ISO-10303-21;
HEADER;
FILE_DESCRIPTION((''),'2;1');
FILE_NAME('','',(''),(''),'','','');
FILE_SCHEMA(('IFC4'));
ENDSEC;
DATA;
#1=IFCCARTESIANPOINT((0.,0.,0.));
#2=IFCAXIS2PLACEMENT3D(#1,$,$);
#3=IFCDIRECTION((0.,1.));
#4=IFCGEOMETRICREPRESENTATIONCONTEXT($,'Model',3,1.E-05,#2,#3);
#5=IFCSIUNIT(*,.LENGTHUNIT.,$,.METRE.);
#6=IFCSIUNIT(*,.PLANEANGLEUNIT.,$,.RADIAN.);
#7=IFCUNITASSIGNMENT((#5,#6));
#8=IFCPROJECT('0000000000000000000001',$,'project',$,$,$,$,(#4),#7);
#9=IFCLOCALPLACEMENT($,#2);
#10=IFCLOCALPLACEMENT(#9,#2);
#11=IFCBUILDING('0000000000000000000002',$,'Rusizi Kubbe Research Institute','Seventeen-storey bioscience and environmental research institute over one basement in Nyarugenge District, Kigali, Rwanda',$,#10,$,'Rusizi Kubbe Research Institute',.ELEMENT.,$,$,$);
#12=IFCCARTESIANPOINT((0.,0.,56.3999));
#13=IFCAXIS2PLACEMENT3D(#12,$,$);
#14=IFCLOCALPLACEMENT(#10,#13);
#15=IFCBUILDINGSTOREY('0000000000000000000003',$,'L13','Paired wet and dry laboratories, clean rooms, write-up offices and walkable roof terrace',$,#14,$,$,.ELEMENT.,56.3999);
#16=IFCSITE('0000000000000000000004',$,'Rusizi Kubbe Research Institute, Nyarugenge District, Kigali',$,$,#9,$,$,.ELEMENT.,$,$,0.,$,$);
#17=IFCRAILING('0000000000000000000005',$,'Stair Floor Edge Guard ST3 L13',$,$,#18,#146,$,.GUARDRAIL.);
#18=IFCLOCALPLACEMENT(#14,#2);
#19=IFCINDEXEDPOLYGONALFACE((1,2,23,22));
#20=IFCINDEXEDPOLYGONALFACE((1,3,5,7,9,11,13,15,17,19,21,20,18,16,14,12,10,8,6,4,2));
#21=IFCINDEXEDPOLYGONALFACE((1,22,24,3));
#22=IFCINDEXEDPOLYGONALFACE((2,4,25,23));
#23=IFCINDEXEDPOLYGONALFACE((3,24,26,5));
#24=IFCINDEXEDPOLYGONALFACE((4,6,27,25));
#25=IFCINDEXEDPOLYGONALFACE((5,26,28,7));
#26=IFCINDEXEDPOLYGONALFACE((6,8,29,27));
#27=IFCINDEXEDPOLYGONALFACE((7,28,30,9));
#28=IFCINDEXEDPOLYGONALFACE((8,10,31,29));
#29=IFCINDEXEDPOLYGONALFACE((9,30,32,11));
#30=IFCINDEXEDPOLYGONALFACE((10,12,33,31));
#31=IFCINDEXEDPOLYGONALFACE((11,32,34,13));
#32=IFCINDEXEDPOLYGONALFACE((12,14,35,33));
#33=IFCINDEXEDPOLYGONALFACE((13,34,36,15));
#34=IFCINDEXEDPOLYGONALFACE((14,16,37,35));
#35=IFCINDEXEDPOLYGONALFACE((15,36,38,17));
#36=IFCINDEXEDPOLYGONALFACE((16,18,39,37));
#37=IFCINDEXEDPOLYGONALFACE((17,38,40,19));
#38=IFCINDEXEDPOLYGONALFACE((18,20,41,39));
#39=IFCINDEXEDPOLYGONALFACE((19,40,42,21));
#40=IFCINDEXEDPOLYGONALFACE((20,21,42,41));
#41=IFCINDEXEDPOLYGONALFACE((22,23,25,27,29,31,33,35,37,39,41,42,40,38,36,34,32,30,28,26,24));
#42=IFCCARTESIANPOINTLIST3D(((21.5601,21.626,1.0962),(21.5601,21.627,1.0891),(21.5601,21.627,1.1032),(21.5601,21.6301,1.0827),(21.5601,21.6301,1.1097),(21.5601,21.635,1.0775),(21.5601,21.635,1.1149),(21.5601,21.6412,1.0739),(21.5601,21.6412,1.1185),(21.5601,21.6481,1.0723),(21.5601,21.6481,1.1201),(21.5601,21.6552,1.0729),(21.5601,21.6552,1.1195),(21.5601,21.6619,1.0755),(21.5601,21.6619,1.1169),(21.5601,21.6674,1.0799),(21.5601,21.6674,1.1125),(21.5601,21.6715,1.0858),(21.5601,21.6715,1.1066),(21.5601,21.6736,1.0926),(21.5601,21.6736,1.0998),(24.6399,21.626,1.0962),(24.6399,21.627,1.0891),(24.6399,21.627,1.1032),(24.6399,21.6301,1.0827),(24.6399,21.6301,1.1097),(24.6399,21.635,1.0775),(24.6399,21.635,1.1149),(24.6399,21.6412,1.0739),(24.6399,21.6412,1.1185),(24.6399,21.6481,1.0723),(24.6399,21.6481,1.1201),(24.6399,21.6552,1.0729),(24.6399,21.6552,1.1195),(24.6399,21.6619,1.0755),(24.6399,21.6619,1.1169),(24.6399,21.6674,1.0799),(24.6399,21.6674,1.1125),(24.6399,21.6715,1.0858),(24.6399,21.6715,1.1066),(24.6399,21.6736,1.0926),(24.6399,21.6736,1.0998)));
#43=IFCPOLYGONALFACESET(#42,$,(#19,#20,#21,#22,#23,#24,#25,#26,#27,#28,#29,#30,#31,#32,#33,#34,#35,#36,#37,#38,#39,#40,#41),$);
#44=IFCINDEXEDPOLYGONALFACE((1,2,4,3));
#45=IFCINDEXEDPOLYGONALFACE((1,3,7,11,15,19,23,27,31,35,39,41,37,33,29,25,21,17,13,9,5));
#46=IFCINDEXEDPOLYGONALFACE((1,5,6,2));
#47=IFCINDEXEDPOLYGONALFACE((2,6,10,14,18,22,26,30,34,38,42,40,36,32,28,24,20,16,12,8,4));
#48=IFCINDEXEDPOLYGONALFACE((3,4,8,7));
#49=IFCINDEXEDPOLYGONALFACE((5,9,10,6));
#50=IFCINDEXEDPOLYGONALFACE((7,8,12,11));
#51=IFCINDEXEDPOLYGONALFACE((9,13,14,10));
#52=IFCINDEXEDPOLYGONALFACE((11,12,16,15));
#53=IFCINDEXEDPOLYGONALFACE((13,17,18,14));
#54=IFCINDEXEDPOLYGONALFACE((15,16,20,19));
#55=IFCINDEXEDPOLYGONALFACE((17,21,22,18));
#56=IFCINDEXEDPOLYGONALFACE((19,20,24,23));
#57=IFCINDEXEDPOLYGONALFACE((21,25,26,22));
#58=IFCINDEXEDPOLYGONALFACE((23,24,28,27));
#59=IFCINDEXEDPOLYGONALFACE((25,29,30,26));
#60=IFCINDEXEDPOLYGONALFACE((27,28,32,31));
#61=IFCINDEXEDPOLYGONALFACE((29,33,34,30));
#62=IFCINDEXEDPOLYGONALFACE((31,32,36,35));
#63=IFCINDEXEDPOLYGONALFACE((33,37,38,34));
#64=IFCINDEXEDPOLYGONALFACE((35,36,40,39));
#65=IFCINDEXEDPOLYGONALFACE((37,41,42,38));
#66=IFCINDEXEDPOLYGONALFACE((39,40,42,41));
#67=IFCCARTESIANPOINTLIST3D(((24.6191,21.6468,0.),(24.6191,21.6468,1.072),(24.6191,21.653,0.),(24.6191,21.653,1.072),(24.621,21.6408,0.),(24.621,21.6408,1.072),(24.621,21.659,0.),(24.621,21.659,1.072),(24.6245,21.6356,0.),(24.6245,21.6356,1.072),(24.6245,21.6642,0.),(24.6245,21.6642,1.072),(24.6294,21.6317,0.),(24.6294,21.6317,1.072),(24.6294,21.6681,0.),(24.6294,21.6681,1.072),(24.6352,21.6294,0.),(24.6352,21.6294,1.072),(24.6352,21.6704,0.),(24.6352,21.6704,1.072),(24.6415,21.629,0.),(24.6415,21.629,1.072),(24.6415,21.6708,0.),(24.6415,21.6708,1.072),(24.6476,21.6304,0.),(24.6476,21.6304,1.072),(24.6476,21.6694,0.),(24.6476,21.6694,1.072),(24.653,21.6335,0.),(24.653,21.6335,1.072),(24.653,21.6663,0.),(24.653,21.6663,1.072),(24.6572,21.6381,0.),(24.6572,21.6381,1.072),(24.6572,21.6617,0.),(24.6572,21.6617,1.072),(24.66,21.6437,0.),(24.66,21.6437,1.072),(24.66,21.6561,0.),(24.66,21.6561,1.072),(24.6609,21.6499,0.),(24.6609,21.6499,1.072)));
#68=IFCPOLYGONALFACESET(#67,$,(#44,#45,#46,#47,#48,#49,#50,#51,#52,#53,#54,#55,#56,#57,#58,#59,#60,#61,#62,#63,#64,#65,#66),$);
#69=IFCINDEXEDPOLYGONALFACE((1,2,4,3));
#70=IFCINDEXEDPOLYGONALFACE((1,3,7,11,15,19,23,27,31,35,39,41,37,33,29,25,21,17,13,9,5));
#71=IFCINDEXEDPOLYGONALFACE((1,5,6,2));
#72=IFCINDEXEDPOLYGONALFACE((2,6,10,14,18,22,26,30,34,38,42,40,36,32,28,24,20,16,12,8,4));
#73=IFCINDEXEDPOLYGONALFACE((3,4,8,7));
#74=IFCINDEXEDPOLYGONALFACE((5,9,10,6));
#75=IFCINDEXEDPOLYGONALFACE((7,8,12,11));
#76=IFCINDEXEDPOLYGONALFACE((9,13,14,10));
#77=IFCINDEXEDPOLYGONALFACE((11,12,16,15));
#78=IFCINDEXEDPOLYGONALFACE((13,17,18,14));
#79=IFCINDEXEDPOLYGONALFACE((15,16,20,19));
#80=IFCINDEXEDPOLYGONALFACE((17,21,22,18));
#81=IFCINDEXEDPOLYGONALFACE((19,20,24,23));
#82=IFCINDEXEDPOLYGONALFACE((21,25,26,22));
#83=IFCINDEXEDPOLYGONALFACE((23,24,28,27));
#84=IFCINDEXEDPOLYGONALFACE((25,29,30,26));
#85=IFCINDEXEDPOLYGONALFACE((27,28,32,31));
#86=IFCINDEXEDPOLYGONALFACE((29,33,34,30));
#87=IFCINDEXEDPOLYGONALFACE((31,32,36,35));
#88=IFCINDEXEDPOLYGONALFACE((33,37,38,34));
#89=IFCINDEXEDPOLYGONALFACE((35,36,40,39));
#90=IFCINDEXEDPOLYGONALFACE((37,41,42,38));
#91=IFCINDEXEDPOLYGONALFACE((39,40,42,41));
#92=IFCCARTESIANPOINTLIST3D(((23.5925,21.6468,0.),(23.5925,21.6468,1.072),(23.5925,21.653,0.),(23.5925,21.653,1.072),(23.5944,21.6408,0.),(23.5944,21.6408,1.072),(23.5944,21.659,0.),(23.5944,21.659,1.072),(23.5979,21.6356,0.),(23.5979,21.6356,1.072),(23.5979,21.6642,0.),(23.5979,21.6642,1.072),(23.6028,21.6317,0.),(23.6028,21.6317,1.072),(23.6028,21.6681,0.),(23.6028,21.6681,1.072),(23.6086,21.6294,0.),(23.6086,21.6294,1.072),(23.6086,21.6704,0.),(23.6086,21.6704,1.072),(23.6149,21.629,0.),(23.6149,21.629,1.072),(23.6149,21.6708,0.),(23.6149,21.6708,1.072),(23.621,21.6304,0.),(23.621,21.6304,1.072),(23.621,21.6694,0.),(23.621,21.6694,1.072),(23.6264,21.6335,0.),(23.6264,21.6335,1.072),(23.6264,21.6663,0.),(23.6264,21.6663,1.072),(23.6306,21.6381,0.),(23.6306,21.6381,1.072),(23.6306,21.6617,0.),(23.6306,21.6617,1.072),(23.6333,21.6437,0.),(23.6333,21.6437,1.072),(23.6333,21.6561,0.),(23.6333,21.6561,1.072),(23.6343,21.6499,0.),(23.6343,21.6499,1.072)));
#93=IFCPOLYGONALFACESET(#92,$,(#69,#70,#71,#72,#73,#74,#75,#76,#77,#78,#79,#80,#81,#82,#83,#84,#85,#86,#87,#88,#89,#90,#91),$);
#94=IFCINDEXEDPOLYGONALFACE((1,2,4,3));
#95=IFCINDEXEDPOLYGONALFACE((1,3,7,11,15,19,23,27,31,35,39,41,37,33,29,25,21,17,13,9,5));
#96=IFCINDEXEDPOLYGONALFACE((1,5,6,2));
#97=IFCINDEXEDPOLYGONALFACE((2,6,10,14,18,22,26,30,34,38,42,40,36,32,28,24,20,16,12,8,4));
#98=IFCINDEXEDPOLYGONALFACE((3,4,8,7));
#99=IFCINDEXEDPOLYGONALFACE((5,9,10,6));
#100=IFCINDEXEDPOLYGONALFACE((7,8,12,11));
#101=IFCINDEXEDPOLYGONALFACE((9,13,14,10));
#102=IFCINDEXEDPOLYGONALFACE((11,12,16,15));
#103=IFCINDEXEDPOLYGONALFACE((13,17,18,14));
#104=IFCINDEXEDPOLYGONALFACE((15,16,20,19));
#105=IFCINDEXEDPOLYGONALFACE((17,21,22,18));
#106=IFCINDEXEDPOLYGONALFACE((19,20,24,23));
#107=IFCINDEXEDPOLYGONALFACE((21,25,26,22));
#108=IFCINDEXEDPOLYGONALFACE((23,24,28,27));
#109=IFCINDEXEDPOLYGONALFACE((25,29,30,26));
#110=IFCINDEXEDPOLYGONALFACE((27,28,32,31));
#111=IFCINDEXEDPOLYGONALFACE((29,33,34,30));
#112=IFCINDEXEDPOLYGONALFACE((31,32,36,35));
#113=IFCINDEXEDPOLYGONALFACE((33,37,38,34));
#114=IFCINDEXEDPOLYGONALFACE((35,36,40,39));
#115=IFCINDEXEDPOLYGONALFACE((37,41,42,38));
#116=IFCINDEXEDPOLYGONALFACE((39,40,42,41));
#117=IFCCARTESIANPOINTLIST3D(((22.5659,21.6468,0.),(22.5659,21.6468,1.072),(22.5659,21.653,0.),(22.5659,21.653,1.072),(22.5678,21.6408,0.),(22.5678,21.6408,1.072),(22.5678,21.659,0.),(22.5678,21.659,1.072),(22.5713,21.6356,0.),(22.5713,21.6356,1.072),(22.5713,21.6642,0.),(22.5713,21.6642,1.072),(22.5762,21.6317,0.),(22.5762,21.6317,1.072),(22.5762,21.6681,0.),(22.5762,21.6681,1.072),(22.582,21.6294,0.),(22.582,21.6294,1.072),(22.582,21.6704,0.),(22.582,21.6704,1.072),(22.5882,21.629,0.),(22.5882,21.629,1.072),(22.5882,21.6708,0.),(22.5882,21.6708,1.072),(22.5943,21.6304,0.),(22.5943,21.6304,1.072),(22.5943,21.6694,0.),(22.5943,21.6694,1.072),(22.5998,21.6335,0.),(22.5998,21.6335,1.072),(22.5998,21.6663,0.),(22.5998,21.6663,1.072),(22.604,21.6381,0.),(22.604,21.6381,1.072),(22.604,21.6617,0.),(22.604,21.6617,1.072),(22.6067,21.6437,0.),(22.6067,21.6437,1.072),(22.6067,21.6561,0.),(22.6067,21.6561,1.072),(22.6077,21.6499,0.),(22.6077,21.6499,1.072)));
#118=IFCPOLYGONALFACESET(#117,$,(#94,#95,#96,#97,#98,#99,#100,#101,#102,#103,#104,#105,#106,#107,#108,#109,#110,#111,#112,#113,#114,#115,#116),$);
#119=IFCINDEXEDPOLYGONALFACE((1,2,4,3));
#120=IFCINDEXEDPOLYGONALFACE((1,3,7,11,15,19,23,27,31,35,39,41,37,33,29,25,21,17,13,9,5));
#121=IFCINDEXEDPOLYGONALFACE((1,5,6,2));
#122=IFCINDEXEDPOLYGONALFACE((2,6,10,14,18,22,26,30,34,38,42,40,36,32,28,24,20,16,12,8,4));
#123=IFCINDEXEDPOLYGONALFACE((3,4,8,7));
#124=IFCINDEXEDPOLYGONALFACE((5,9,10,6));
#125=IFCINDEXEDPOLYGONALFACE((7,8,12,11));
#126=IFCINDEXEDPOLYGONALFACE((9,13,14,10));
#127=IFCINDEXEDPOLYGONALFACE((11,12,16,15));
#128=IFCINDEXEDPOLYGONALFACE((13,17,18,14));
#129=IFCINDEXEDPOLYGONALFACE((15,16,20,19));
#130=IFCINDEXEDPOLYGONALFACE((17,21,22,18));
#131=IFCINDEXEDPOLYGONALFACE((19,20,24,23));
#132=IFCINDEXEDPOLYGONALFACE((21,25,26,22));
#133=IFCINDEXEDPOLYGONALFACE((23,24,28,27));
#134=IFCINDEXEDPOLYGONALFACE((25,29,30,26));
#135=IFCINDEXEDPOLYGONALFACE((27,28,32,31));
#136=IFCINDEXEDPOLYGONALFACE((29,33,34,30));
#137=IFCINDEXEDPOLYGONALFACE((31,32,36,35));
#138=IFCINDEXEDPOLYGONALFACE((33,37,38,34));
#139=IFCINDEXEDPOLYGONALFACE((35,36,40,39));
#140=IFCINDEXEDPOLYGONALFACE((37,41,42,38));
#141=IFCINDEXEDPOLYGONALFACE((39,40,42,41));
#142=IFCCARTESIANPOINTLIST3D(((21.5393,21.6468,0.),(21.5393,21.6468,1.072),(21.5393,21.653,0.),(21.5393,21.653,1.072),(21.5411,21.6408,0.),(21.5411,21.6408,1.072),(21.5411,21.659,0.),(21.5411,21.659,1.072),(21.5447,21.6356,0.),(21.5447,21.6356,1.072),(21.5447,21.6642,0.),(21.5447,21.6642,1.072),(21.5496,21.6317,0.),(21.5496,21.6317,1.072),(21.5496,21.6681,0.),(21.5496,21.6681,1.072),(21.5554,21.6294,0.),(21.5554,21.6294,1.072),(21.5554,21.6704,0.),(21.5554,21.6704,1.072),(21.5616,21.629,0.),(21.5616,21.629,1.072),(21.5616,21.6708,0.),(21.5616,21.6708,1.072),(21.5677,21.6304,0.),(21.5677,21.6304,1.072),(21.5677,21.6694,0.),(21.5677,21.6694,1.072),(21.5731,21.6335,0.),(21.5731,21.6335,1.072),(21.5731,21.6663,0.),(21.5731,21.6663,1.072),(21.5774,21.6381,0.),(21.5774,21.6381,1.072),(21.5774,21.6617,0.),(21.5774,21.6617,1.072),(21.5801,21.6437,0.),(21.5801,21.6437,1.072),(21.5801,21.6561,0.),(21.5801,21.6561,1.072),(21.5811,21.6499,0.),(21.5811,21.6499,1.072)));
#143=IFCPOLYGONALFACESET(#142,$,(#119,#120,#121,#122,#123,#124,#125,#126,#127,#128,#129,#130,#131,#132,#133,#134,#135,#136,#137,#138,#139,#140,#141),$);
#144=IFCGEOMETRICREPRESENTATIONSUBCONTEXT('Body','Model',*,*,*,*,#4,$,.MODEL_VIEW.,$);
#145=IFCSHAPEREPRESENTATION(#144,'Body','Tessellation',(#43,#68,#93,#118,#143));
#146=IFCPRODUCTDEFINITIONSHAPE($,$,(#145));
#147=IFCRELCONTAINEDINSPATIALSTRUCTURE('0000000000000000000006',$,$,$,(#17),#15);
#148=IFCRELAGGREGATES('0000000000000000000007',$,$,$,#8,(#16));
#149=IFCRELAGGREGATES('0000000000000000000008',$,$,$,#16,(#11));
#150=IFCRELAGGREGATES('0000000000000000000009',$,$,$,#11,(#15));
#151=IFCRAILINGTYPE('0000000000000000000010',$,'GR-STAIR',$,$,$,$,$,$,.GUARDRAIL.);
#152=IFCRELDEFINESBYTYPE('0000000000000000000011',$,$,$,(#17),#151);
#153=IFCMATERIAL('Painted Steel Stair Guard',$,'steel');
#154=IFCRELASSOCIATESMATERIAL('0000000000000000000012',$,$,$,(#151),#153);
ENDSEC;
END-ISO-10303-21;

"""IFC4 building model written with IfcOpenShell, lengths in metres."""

from ifc_helpers import new_model, si_unit, direction, frame, origin, origin_2d, place, context, subcontext, project, spatial, circle, extrude, material, type_object, element, save


model = new_model("IFC4")

# Units and contexts
model_context = context("Model", 3, precision=1e-05, world=origin(), true_north=direction((0.0, 1.0)))
body_context = subcontext(model_context, "Body", "Model", "MODEL_VIEW")
ifc_project = project(units=[si_unit("LENGTHUNIT", "METRE"), si_unit("PLANEANGLEUNIT", "RADIAN")], contexts=[model_context])

# Site, building, storey
site_placement = place(None, origin())
site = spatial("IfcSite", under=ifc_project, at=site_placement, Name="Rusizi Kubbe Research Institute, Nyarugenge District, Kigali", CompositionType="ELEMENT", RefElevation=0.0)
building_placement = place(site_placement, origin())
building = spatial("IfcBuilding", under=site, at=building_placement, Name="Rusizi Kubbe Research Institute", Description="Seventeen-storey bioscience and environmental research institute over one basement in Nyarugenge District, Kigali, Rwanda", LongName="Rusizi Kubbe Research Institute", CompositionType="ELEMENT")
storey_placement = place(building_placement, frame((0.0, 0.0, 56.3999)))
storey = spatial("IfcBuildingStorey", under=building, at=storey_placement, Name="L13", Description="Paired wet and dry laboratories, clean rooms, write-up offices and walkable roof terrace", CompositionType="ELEMENT", Elevation=56.3999)

# Railing
ifc_material_1 = material(Name="Painted Steel Stair Guard", Category="steel")
railing_type_1 = type_object("IfcRailingType", Name="GR-STAIR", PredefinedType="GUARDRAIL", material=ifc_material_1)
railing_1_placement = place(storey_placement, frame((24.6399, 21.6499, 0.0)))
element("IfcRailing", 1, at=railing_1_placement, inside=storey, type_object=railing_type_1, Name="Stair Floor Edge Guard ST3 L13", PredefinedType="GUARDRAIL", context=body_context, shape_type="SweptSolid", body=[
    extrude(circle(Radius=0.0239, at=origin_2d()), frame((0.0, 0.0, 1.0962), z_axis=(-1.0, 0.0, 0.0), x_axis=(0.0, -1.0, 0.0)), (0.0, 0.0, 1.0), 3.0798),
    extrude(circle(Radius=0.021, at=origin_2d()), origin(), (0.0, 0.0, 1.0), 1.072),
    extrude(circle(Radius=0.021, at=origin_2d()), frame((-1.0266, 0.0, 0.0)), (0.0, 0.0, 1.0), 1.072),
    extrude(circle(Radius=0.021, at=origin_2d()), frame((-2.0532, 0.0, 0.0)), (0.0, 0.0, 1.0), 1.072),
    extrude(circle(Radius=0.021, at=origin_2d()), frame((-3.0798, 0.0, 0.0)), (0.0, 0.0, 1.0), 1.072),
])

save(model, "model.ifc")
